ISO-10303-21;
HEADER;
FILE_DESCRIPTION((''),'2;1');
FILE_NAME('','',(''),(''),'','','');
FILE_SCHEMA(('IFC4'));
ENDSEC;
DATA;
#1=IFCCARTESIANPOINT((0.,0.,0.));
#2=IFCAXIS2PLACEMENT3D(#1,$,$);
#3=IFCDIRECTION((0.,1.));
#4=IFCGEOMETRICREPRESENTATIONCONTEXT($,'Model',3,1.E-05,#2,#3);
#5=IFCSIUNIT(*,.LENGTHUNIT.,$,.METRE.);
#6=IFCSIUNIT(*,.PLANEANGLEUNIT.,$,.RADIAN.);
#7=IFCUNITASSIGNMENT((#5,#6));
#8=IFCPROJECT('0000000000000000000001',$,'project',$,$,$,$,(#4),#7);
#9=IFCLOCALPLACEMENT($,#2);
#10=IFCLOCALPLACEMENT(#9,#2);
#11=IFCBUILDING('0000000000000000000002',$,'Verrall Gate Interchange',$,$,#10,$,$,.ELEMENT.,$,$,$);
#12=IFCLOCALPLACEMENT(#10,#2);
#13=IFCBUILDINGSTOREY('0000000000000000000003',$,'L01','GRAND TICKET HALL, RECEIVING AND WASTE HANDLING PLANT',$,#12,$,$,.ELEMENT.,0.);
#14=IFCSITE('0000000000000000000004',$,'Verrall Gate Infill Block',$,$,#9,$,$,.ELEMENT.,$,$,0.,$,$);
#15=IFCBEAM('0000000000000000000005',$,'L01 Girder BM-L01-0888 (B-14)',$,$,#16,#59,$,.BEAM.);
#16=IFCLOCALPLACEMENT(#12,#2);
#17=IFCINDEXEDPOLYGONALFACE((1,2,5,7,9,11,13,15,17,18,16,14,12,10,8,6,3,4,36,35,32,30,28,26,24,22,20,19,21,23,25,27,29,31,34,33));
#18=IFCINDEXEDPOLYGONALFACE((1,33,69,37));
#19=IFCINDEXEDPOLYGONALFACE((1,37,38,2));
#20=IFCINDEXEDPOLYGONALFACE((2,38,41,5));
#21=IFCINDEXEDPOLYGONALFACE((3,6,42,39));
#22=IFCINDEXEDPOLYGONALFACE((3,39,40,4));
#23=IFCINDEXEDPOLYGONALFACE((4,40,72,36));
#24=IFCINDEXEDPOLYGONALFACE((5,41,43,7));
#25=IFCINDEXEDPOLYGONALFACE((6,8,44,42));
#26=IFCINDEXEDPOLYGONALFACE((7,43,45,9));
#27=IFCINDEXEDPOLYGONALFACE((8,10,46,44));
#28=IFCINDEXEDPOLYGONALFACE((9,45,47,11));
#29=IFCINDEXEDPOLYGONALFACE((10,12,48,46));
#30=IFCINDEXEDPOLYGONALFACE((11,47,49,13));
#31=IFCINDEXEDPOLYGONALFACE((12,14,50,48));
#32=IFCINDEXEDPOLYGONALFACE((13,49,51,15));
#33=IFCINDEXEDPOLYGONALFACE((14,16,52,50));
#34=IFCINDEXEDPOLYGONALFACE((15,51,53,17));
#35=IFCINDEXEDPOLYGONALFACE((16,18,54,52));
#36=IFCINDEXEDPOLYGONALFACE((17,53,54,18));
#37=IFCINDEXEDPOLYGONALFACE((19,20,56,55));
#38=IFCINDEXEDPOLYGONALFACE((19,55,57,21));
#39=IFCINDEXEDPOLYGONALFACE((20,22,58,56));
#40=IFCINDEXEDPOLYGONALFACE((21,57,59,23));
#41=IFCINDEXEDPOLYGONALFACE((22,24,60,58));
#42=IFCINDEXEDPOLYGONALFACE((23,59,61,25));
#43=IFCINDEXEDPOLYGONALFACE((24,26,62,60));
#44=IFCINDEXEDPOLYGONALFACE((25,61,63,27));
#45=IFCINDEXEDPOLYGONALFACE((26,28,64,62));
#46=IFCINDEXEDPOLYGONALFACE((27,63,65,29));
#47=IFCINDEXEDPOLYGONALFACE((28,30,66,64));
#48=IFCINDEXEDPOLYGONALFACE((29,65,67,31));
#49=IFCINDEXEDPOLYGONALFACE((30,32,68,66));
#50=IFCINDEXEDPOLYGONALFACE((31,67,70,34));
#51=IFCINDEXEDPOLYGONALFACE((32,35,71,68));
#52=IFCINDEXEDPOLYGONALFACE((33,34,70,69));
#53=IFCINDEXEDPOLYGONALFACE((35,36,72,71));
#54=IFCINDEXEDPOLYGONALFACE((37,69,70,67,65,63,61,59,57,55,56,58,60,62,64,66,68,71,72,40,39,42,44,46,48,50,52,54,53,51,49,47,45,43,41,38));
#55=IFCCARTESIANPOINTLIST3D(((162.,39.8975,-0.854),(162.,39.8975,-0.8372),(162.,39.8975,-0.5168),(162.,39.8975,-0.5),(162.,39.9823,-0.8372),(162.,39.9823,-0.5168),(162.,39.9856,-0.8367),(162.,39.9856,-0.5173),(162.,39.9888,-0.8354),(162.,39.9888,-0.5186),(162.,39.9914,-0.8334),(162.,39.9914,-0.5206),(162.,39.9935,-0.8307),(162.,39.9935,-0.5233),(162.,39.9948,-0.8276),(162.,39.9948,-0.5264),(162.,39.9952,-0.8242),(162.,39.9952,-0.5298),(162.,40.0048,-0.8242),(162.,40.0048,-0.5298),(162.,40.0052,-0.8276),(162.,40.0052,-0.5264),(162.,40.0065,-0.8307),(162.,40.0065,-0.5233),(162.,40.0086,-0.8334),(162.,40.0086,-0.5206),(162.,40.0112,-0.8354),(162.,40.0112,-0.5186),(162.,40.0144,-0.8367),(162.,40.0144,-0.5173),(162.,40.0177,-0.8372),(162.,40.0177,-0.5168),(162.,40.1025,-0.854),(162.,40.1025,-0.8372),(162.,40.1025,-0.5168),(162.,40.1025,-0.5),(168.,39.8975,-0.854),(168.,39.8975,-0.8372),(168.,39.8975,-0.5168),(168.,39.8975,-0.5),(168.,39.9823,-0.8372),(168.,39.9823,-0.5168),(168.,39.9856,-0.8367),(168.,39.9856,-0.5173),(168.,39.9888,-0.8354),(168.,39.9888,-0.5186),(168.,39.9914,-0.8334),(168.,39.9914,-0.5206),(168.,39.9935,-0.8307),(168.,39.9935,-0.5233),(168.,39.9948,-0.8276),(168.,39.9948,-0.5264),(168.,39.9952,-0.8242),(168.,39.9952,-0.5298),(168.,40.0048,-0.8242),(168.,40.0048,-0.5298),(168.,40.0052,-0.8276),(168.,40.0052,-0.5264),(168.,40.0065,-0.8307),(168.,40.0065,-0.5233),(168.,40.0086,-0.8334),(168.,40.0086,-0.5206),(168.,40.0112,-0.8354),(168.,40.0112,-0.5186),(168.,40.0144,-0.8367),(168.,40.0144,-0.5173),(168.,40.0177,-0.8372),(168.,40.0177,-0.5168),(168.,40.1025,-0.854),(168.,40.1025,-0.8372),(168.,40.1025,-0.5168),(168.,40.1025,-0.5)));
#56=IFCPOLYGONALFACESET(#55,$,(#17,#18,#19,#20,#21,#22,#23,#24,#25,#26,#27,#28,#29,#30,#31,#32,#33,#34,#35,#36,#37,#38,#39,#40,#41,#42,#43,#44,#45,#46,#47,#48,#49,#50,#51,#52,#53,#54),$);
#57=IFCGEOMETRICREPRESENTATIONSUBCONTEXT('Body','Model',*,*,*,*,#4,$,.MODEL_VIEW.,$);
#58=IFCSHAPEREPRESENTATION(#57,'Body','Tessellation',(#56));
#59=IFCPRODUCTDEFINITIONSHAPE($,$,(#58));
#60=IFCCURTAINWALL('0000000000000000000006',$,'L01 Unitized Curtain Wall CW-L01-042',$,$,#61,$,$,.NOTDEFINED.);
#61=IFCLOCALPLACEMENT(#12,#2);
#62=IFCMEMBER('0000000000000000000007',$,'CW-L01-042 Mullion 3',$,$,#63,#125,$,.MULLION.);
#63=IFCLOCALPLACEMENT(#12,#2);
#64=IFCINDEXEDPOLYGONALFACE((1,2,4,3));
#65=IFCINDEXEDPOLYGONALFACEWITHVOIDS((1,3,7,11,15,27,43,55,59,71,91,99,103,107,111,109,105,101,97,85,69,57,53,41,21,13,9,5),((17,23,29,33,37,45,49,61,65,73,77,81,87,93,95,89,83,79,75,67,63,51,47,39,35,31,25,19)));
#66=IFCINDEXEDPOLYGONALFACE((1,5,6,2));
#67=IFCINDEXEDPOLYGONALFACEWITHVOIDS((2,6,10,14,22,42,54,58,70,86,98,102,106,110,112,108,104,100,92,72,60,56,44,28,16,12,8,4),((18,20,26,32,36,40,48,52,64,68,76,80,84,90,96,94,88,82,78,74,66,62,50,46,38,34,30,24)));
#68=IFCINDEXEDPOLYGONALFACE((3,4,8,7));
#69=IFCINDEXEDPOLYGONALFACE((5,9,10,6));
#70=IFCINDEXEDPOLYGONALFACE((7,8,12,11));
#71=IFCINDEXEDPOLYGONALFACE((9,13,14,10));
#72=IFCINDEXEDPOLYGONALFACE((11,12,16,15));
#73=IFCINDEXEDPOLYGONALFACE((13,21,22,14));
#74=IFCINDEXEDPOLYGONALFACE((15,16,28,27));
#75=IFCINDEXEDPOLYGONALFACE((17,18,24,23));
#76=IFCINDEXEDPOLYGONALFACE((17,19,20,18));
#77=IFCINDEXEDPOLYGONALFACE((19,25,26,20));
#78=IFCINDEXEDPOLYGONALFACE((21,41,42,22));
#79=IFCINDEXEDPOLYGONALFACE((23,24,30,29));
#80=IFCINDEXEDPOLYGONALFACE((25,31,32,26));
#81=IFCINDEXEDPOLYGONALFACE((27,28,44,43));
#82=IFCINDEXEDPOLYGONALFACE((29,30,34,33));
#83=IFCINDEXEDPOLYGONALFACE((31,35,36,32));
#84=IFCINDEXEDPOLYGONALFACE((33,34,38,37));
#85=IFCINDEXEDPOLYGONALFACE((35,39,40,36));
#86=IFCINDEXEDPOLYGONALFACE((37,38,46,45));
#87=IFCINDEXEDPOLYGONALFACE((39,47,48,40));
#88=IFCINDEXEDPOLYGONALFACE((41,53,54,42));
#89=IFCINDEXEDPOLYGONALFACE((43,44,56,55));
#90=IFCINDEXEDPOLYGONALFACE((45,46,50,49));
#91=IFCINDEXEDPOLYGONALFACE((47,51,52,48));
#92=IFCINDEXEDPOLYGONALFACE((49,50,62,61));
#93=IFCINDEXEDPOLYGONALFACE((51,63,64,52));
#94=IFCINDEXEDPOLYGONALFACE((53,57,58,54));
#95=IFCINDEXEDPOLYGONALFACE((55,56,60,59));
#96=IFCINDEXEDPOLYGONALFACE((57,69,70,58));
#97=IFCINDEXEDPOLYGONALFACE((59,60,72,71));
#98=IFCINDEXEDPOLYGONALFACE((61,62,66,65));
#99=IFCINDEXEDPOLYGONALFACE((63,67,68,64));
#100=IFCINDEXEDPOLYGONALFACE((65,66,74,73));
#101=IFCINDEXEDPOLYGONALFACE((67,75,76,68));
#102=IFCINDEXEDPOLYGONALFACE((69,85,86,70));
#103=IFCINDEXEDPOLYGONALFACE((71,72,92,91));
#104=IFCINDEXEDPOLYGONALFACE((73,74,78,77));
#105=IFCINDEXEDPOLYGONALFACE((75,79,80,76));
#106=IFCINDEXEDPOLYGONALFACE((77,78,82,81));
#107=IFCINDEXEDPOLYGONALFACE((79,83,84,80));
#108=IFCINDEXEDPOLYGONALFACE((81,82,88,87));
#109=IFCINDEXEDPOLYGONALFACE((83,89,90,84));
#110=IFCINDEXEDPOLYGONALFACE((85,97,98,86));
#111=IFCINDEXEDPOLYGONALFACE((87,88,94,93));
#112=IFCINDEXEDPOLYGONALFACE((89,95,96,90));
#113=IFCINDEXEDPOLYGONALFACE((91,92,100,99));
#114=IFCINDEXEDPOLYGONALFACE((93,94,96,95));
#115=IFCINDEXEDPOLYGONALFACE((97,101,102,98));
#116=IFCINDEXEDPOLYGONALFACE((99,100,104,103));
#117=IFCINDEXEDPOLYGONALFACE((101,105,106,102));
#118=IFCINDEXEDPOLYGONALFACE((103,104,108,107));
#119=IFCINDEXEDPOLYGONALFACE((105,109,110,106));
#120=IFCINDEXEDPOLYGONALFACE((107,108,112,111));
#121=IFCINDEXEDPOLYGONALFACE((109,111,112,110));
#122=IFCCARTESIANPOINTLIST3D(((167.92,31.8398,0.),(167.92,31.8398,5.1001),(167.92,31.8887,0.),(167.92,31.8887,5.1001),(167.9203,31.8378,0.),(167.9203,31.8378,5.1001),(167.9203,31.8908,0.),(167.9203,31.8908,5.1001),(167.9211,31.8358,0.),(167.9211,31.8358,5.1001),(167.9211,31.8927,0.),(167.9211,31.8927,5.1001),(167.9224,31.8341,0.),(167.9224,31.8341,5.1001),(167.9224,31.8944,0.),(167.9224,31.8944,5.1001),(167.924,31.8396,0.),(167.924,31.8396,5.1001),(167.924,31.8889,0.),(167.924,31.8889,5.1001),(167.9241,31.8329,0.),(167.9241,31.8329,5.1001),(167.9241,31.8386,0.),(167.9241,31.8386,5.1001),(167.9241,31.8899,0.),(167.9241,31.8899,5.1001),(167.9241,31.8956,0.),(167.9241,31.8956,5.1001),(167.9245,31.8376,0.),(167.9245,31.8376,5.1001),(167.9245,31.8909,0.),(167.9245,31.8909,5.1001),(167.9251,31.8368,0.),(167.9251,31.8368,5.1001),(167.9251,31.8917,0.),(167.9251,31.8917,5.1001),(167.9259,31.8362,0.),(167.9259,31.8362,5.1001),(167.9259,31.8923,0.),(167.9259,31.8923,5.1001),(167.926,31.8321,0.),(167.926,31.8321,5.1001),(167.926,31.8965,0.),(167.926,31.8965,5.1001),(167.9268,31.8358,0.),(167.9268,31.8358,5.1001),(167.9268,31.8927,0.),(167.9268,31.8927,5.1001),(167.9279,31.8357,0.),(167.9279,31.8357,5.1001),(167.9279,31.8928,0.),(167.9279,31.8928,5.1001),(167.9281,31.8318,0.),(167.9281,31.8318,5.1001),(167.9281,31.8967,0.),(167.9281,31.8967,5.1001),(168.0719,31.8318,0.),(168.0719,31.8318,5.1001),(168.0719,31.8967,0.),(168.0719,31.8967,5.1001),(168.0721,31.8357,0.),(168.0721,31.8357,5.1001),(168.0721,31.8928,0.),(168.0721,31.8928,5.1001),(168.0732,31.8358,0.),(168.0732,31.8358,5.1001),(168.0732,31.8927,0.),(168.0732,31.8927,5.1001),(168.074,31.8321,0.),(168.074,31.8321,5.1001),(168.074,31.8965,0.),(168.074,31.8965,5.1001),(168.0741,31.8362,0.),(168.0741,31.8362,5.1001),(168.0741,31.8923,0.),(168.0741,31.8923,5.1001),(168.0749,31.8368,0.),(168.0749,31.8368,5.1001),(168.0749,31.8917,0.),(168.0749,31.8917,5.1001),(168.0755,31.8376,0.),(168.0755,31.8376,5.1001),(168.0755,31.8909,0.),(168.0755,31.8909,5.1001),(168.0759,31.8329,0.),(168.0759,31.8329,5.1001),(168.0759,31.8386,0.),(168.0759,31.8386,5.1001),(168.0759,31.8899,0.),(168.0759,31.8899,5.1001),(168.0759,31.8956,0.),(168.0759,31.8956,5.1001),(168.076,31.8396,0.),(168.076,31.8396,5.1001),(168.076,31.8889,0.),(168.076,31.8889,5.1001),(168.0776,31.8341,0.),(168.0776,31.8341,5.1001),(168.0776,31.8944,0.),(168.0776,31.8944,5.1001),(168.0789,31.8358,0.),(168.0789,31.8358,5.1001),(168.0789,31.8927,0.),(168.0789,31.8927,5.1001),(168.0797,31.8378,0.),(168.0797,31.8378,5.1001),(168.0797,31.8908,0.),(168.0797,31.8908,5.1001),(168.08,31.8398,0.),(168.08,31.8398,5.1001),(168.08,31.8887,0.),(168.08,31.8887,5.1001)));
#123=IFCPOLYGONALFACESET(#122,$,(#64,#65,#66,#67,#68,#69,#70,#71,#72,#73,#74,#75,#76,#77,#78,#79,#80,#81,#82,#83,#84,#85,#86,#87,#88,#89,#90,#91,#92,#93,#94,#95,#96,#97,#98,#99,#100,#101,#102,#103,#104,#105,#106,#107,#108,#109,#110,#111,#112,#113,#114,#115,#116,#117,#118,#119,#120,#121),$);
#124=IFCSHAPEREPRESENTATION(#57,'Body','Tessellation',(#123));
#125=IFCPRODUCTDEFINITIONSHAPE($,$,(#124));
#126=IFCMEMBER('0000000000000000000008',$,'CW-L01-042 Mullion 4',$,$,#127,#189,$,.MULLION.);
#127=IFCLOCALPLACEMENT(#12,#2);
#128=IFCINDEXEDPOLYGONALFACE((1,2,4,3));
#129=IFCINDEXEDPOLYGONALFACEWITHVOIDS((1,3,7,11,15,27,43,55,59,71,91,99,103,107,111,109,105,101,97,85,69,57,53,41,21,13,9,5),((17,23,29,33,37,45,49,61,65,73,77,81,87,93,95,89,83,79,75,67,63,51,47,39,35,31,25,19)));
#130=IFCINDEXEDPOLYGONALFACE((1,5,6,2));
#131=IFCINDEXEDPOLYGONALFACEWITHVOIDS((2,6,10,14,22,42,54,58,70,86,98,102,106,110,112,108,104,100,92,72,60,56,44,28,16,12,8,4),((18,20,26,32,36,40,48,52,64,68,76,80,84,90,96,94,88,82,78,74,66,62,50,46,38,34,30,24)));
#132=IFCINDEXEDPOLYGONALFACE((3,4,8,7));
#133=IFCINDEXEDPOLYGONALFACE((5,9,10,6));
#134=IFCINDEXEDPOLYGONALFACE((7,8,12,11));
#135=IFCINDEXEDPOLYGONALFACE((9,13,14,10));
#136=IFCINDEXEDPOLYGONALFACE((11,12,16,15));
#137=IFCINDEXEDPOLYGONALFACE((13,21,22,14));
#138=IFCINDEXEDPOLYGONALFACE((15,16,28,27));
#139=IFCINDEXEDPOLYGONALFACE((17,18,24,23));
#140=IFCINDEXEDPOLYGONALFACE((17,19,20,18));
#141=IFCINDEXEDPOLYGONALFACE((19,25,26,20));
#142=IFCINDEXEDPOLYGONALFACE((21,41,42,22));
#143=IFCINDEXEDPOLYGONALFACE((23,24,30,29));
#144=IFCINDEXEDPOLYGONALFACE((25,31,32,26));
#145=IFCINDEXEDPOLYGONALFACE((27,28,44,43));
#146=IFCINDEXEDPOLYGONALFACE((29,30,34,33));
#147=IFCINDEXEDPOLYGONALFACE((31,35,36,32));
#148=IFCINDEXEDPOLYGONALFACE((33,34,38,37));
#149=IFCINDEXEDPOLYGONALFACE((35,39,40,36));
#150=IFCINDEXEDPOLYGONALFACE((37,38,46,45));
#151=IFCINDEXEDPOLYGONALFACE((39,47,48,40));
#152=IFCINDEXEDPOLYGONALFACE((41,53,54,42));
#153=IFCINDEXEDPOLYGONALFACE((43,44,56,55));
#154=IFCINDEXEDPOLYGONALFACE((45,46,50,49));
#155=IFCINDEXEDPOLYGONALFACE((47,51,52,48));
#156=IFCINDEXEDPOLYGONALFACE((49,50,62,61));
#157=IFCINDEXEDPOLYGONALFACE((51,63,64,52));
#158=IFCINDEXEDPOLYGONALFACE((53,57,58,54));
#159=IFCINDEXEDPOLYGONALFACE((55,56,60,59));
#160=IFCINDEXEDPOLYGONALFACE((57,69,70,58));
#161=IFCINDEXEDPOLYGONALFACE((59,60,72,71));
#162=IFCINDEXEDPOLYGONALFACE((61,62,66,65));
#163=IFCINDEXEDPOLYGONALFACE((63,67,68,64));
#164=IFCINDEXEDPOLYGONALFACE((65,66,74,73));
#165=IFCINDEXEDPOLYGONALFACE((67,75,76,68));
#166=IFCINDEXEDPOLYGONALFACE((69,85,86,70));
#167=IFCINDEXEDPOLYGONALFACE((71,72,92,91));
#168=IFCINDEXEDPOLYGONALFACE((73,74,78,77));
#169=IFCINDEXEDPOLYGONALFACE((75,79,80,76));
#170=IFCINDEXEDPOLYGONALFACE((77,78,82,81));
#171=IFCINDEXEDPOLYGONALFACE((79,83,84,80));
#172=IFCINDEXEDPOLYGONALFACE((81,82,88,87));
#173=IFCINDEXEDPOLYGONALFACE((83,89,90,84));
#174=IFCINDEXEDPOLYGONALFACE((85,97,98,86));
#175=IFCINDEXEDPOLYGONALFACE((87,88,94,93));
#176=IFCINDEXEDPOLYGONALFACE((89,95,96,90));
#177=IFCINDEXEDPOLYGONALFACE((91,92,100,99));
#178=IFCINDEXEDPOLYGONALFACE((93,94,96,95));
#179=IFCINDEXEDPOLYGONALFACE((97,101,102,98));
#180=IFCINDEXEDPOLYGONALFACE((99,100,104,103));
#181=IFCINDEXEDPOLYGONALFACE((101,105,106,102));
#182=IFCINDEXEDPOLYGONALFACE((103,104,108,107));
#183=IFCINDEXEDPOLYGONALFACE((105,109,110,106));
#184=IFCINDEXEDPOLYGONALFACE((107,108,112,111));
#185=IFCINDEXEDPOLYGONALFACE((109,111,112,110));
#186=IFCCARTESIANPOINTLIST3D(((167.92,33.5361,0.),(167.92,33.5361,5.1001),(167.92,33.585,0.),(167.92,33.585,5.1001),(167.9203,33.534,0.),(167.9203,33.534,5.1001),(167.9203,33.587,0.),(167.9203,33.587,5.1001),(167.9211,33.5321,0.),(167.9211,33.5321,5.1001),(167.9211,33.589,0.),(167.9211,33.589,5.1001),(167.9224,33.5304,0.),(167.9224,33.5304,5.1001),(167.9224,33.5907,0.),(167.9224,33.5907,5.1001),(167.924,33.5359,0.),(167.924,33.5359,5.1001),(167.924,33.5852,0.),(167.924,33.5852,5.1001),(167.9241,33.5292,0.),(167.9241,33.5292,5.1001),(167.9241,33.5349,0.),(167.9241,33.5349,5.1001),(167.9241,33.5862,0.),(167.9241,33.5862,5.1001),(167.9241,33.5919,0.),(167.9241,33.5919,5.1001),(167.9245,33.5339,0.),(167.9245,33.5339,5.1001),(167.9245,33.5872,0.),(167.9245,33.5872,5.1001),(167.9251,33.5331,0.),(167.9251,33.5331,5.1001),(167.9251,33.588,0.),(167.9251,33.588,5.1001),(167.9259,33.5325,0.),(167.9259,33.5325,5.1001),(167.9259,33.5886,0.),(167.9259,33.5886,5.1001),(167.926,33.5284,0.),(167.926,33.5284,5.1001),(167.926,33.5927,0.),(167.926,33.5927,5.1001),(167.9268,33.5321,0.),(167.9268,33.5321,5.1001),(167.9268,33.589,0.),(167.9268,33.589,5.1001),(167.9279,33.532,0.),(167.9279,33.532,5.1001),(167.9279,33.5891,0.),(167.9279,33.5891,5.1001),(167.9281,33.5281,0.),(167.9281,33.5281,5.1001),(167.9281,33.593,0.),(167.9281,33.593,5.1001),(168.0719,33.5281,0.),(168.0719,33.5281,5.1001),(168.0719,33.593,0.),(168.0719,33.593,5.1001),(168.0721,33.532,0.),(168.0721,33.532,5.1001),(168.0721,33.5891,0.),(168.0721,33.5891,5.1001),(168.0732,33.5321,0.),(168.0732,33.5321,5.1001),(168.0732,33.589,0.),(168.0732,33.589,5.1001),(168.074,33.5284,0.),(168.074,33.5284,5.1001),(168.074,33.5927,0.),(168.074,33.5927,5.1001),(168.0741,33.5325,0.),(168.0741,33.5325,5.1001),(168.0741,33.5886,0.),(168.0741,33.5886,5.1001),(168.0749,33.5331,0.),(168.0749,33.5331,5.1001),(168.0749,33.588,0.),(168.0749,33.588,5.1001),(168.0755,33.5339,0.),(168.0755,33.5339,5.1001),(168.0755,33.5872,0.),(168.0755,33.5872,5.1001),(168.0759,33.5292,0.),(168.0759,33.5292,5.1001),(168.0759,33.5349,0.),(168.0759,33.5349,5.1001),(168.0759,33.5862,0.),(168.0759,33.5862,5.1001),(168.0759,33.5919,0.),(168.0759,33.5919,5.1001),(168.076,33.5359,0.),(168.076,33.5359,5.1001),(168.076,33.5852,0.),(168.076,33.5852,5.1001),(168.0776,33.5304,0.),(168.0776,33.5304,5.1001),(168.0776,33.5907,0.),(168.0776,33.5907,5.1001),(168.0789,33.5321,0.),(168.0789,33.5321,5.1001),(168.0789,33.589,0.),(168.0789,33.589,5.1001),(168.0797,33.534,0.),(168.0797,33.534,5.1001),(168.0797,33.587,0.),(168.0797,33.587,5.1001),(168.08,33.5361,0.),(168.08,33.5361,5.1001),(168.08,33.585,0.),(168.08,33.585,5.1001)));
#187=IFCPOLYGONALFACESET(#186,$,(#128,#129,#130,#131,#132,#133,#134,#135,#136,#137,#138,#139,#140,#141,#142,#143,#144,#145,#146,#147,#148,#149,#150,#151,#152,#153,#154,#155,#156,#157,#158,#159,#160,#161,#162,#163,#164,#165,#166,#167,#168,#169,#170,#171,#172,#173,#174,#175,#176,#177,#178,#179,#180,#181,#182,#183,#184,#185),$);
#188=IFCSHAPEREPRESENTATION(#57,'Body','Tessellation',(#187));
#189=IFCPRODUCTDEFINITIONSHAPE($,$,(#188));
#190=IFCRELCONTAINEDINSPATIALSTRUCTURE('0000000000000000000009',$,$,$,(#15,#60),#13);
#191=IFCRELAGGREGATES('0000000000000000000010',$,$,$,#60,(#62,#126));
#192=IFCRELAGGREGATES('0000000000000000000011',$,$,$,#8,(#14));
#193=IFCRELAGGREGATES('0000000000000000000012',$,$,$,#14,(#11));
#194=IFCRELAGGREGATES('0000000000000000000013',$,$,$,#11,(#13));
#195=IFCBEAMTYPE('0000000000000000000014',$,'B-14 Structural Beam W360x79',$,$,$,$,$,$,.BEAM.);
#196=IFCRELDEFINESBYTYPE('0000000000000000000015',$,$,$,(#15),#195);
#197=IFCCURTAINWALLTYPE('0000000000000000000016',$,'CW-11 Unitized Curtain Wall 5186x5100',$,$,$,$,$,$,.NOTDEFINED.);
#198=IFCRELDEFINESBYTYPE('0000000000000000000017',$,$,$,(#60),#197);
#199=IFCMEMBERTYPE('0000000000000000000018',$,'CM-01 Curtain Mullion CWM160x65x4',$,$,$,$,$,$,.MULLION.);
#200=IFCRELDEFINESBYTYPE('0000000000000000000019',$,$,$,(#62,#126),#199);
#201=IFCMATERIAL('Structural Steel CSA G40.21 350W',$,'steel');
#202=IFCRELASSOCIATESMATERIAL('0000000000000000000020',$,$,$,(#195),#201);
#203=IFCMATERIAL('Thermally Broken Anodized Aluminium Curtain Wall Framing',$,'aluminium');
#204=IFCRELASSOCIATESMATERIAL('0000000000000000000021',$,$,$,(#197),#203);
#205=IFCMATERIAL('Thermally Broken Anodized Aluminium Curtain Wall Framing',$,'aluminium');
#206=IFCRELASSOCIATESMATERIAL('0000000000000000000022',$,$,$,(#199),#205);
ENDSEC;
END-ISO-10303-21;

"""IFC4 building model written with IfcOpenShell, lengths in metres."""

from ifc_helpers import new_model, si_unit, direction, frame, origin, origin_2d, place, context, subcontext, project, spatial, hollow_rectangle, i_section, extrude, material, material_profile, profile_set, type_object, element, aggregate, save


model = new_model("IFC4")

# Units and contexts
model_context = context("Model", 3, precision=1e-05, world=origin(), true_north=direction((0.0, 1.0)))
body_context = subcontext(model_context, "Body", "Model", "MODEL_VIEW")
ifc_project = project(units=[si_unit("LENGTHUNIT", "METRE"), si_unit("PLANEANGLEUNIT", "RADIAN")], contexts=[model_context])

# Site, building, storey
site_placement = place(None, origin())
site = spatial("IfcSite", under=ifc_project, at=site_placement, Name="Verrall Gate Infill Block", CompositionType="ELEMENT", RefElevation=0.0)
building_placement = place(site_placement, origin())
building = spatial("IfcBuilding", under=site, at=building_placement, Name="Verrall Gate Interchange", CompositionType="ELEMENT")
storey_placement = place(building_placement, origin())
storey = spatial("IfcBuildingStorey", under=building, at=storey_placement, Name="L01", Description="GRAND TICKET HALL, RECEIVING AND WASTE HANDLING PLANT", CompositionType="ELEMENT", Elevation=0.0)

# Beam
ifc_material_1 = material(Name="Structural Steel CSA G40.21 350W", Category="steel")
ifc_material_profile_1 = material_profile(ifc_material_1, i_section(OverallWidth=0.2051, OverallDepth=0.354, WebThickness=0.0095, FlangeThickness=0.0168, FilletRadius=0.0129, at=origin_2d()), Name="W360x79")
ifc_profile_set_1 = profile_set([ifc_material_profile_1], Name="Structural Steel CSA G40.21 350W")
beam_type_1 = type_object("IfcBeamType", Name="B-14 Structural Beam W360x79", PredefinedType="BEAM", material=ifc_profile_set_1)
beam_1_placement = place(storey_placement, frame((162.0, 40.0, -0.677), z_axis=(1.0, 0.0, 0.0), x_axis=(0.0, 1.0, 0.0)))
element("IfcBeam", 1, at=beam_1_placement, inside=storey, type_object=beam_type_1, Name="L01 Girder BM-L01-0888 (B-14)", PredefinedType="BEAM", context=body_context, shape_type="SweptSolid", body=[
    extrude(i_section(OverallWidth=0.2051, OverallDepth=0.354, WebThickness=0.0095, FlangeThickness=0.0168, FilletRadius=0.0129, at=origin_2d()), origin(), (0.0, 0.0, 1.0), 6.0),
])

# Curtain wall, members
ifc_material_2 = material(Name="Thermally Broken Anodized Aluminium Curtain Wall Framing", Category="aluminium")
curtain_wall_type = type_object("IfcCurtainWallType", Name="CW-11 Unitized Curtain Wall 5186x5100", PredefinedType="NOTDEFINED", material=ifc_material_2)
curtain_wall_placement = place(storey_placement, origin())
curtain_wall = element("IfcCurtainWall", 2, at=curtain_wall_placement, inside=storey, type_object=curtain_wall_type, Name="L01 Unitized Curtain Wall CW-L01-042", PredefinedType="NOTDEFINED")
ifc_material_3 = material(Name="Thermally Broken Anodized Aluminium Curtain Wall Framing", Category="aluminium")
ifc_material_profile_2 = material_profile(ifc_material_3, hollow_rectangle(XDim=0.0649, YDim=0.1599, WallThickness=0.0039, InnerFilletRadius=0.0039, OuterFilletRadius=0.0081, at=origin_2d()), Name="CWM160x65x4")
ifc_profile_set_2 = profile_set([ifc_material_profile_2], Name="Thermally Broken Anodized Aluminium Curtain Wall Framing")
member_type = type_object("IfcMemberType", Name="CM-01 Curtain Mullion CWM160x65x4", PredefinedType="MULLION", material=ifc_profile_set_2)
member_1_placement = place(storey_placement, frame((168.0, 31.8643, 0.0), z_axis=(0.0, 0.0, 1.0), x_axis=(0.0, 1.0, 0.0)))
member_1 = element("IfcMember", 3, at=member_1_placement, type_object=member_type, Name="CW-L01-042 Mullion 3", PredefinedType="MULLION", context=body_context, shape_type="SweptSolid", body=[
    extrude(hollow_rectangle(XDim=0.0649, YDim=0.1599, WallThickness=0.0039, InnerFilletRadius=0.0039, OuterFilletRadius=0.0081, at=origin_2d()), origin(), (0.0, 0.0, 1.0), 5.1001),
])
member_2_placement = place(storey_placement, frame((168.0, 33.5605, 0.0), z_axis=(0.0, 0.0, 1.0), x_axis=(0.0, 1.0, 0.0)))
member_2 = element("IfcMember", 4, at=member_2_placement, type_object=member_type, Name="CW-L01-042 Mullion 4", PredefinedType="MULLION", context=body_context, shape_type="SweptSolid", body=[
    extrude(hollow_rectangle(XDim=0.0649, YDim=0.1599, WallThickness=0.0039, InnerFilletRadius=0.0039, OuterFilletRadius=0.0081, at=origin_2d()), origin(), (0.0, 0.0, 1.0), 5.1001),
])

aggregate(curtain_wall, [member_1, member_2])

save(model, "model.ifc")
